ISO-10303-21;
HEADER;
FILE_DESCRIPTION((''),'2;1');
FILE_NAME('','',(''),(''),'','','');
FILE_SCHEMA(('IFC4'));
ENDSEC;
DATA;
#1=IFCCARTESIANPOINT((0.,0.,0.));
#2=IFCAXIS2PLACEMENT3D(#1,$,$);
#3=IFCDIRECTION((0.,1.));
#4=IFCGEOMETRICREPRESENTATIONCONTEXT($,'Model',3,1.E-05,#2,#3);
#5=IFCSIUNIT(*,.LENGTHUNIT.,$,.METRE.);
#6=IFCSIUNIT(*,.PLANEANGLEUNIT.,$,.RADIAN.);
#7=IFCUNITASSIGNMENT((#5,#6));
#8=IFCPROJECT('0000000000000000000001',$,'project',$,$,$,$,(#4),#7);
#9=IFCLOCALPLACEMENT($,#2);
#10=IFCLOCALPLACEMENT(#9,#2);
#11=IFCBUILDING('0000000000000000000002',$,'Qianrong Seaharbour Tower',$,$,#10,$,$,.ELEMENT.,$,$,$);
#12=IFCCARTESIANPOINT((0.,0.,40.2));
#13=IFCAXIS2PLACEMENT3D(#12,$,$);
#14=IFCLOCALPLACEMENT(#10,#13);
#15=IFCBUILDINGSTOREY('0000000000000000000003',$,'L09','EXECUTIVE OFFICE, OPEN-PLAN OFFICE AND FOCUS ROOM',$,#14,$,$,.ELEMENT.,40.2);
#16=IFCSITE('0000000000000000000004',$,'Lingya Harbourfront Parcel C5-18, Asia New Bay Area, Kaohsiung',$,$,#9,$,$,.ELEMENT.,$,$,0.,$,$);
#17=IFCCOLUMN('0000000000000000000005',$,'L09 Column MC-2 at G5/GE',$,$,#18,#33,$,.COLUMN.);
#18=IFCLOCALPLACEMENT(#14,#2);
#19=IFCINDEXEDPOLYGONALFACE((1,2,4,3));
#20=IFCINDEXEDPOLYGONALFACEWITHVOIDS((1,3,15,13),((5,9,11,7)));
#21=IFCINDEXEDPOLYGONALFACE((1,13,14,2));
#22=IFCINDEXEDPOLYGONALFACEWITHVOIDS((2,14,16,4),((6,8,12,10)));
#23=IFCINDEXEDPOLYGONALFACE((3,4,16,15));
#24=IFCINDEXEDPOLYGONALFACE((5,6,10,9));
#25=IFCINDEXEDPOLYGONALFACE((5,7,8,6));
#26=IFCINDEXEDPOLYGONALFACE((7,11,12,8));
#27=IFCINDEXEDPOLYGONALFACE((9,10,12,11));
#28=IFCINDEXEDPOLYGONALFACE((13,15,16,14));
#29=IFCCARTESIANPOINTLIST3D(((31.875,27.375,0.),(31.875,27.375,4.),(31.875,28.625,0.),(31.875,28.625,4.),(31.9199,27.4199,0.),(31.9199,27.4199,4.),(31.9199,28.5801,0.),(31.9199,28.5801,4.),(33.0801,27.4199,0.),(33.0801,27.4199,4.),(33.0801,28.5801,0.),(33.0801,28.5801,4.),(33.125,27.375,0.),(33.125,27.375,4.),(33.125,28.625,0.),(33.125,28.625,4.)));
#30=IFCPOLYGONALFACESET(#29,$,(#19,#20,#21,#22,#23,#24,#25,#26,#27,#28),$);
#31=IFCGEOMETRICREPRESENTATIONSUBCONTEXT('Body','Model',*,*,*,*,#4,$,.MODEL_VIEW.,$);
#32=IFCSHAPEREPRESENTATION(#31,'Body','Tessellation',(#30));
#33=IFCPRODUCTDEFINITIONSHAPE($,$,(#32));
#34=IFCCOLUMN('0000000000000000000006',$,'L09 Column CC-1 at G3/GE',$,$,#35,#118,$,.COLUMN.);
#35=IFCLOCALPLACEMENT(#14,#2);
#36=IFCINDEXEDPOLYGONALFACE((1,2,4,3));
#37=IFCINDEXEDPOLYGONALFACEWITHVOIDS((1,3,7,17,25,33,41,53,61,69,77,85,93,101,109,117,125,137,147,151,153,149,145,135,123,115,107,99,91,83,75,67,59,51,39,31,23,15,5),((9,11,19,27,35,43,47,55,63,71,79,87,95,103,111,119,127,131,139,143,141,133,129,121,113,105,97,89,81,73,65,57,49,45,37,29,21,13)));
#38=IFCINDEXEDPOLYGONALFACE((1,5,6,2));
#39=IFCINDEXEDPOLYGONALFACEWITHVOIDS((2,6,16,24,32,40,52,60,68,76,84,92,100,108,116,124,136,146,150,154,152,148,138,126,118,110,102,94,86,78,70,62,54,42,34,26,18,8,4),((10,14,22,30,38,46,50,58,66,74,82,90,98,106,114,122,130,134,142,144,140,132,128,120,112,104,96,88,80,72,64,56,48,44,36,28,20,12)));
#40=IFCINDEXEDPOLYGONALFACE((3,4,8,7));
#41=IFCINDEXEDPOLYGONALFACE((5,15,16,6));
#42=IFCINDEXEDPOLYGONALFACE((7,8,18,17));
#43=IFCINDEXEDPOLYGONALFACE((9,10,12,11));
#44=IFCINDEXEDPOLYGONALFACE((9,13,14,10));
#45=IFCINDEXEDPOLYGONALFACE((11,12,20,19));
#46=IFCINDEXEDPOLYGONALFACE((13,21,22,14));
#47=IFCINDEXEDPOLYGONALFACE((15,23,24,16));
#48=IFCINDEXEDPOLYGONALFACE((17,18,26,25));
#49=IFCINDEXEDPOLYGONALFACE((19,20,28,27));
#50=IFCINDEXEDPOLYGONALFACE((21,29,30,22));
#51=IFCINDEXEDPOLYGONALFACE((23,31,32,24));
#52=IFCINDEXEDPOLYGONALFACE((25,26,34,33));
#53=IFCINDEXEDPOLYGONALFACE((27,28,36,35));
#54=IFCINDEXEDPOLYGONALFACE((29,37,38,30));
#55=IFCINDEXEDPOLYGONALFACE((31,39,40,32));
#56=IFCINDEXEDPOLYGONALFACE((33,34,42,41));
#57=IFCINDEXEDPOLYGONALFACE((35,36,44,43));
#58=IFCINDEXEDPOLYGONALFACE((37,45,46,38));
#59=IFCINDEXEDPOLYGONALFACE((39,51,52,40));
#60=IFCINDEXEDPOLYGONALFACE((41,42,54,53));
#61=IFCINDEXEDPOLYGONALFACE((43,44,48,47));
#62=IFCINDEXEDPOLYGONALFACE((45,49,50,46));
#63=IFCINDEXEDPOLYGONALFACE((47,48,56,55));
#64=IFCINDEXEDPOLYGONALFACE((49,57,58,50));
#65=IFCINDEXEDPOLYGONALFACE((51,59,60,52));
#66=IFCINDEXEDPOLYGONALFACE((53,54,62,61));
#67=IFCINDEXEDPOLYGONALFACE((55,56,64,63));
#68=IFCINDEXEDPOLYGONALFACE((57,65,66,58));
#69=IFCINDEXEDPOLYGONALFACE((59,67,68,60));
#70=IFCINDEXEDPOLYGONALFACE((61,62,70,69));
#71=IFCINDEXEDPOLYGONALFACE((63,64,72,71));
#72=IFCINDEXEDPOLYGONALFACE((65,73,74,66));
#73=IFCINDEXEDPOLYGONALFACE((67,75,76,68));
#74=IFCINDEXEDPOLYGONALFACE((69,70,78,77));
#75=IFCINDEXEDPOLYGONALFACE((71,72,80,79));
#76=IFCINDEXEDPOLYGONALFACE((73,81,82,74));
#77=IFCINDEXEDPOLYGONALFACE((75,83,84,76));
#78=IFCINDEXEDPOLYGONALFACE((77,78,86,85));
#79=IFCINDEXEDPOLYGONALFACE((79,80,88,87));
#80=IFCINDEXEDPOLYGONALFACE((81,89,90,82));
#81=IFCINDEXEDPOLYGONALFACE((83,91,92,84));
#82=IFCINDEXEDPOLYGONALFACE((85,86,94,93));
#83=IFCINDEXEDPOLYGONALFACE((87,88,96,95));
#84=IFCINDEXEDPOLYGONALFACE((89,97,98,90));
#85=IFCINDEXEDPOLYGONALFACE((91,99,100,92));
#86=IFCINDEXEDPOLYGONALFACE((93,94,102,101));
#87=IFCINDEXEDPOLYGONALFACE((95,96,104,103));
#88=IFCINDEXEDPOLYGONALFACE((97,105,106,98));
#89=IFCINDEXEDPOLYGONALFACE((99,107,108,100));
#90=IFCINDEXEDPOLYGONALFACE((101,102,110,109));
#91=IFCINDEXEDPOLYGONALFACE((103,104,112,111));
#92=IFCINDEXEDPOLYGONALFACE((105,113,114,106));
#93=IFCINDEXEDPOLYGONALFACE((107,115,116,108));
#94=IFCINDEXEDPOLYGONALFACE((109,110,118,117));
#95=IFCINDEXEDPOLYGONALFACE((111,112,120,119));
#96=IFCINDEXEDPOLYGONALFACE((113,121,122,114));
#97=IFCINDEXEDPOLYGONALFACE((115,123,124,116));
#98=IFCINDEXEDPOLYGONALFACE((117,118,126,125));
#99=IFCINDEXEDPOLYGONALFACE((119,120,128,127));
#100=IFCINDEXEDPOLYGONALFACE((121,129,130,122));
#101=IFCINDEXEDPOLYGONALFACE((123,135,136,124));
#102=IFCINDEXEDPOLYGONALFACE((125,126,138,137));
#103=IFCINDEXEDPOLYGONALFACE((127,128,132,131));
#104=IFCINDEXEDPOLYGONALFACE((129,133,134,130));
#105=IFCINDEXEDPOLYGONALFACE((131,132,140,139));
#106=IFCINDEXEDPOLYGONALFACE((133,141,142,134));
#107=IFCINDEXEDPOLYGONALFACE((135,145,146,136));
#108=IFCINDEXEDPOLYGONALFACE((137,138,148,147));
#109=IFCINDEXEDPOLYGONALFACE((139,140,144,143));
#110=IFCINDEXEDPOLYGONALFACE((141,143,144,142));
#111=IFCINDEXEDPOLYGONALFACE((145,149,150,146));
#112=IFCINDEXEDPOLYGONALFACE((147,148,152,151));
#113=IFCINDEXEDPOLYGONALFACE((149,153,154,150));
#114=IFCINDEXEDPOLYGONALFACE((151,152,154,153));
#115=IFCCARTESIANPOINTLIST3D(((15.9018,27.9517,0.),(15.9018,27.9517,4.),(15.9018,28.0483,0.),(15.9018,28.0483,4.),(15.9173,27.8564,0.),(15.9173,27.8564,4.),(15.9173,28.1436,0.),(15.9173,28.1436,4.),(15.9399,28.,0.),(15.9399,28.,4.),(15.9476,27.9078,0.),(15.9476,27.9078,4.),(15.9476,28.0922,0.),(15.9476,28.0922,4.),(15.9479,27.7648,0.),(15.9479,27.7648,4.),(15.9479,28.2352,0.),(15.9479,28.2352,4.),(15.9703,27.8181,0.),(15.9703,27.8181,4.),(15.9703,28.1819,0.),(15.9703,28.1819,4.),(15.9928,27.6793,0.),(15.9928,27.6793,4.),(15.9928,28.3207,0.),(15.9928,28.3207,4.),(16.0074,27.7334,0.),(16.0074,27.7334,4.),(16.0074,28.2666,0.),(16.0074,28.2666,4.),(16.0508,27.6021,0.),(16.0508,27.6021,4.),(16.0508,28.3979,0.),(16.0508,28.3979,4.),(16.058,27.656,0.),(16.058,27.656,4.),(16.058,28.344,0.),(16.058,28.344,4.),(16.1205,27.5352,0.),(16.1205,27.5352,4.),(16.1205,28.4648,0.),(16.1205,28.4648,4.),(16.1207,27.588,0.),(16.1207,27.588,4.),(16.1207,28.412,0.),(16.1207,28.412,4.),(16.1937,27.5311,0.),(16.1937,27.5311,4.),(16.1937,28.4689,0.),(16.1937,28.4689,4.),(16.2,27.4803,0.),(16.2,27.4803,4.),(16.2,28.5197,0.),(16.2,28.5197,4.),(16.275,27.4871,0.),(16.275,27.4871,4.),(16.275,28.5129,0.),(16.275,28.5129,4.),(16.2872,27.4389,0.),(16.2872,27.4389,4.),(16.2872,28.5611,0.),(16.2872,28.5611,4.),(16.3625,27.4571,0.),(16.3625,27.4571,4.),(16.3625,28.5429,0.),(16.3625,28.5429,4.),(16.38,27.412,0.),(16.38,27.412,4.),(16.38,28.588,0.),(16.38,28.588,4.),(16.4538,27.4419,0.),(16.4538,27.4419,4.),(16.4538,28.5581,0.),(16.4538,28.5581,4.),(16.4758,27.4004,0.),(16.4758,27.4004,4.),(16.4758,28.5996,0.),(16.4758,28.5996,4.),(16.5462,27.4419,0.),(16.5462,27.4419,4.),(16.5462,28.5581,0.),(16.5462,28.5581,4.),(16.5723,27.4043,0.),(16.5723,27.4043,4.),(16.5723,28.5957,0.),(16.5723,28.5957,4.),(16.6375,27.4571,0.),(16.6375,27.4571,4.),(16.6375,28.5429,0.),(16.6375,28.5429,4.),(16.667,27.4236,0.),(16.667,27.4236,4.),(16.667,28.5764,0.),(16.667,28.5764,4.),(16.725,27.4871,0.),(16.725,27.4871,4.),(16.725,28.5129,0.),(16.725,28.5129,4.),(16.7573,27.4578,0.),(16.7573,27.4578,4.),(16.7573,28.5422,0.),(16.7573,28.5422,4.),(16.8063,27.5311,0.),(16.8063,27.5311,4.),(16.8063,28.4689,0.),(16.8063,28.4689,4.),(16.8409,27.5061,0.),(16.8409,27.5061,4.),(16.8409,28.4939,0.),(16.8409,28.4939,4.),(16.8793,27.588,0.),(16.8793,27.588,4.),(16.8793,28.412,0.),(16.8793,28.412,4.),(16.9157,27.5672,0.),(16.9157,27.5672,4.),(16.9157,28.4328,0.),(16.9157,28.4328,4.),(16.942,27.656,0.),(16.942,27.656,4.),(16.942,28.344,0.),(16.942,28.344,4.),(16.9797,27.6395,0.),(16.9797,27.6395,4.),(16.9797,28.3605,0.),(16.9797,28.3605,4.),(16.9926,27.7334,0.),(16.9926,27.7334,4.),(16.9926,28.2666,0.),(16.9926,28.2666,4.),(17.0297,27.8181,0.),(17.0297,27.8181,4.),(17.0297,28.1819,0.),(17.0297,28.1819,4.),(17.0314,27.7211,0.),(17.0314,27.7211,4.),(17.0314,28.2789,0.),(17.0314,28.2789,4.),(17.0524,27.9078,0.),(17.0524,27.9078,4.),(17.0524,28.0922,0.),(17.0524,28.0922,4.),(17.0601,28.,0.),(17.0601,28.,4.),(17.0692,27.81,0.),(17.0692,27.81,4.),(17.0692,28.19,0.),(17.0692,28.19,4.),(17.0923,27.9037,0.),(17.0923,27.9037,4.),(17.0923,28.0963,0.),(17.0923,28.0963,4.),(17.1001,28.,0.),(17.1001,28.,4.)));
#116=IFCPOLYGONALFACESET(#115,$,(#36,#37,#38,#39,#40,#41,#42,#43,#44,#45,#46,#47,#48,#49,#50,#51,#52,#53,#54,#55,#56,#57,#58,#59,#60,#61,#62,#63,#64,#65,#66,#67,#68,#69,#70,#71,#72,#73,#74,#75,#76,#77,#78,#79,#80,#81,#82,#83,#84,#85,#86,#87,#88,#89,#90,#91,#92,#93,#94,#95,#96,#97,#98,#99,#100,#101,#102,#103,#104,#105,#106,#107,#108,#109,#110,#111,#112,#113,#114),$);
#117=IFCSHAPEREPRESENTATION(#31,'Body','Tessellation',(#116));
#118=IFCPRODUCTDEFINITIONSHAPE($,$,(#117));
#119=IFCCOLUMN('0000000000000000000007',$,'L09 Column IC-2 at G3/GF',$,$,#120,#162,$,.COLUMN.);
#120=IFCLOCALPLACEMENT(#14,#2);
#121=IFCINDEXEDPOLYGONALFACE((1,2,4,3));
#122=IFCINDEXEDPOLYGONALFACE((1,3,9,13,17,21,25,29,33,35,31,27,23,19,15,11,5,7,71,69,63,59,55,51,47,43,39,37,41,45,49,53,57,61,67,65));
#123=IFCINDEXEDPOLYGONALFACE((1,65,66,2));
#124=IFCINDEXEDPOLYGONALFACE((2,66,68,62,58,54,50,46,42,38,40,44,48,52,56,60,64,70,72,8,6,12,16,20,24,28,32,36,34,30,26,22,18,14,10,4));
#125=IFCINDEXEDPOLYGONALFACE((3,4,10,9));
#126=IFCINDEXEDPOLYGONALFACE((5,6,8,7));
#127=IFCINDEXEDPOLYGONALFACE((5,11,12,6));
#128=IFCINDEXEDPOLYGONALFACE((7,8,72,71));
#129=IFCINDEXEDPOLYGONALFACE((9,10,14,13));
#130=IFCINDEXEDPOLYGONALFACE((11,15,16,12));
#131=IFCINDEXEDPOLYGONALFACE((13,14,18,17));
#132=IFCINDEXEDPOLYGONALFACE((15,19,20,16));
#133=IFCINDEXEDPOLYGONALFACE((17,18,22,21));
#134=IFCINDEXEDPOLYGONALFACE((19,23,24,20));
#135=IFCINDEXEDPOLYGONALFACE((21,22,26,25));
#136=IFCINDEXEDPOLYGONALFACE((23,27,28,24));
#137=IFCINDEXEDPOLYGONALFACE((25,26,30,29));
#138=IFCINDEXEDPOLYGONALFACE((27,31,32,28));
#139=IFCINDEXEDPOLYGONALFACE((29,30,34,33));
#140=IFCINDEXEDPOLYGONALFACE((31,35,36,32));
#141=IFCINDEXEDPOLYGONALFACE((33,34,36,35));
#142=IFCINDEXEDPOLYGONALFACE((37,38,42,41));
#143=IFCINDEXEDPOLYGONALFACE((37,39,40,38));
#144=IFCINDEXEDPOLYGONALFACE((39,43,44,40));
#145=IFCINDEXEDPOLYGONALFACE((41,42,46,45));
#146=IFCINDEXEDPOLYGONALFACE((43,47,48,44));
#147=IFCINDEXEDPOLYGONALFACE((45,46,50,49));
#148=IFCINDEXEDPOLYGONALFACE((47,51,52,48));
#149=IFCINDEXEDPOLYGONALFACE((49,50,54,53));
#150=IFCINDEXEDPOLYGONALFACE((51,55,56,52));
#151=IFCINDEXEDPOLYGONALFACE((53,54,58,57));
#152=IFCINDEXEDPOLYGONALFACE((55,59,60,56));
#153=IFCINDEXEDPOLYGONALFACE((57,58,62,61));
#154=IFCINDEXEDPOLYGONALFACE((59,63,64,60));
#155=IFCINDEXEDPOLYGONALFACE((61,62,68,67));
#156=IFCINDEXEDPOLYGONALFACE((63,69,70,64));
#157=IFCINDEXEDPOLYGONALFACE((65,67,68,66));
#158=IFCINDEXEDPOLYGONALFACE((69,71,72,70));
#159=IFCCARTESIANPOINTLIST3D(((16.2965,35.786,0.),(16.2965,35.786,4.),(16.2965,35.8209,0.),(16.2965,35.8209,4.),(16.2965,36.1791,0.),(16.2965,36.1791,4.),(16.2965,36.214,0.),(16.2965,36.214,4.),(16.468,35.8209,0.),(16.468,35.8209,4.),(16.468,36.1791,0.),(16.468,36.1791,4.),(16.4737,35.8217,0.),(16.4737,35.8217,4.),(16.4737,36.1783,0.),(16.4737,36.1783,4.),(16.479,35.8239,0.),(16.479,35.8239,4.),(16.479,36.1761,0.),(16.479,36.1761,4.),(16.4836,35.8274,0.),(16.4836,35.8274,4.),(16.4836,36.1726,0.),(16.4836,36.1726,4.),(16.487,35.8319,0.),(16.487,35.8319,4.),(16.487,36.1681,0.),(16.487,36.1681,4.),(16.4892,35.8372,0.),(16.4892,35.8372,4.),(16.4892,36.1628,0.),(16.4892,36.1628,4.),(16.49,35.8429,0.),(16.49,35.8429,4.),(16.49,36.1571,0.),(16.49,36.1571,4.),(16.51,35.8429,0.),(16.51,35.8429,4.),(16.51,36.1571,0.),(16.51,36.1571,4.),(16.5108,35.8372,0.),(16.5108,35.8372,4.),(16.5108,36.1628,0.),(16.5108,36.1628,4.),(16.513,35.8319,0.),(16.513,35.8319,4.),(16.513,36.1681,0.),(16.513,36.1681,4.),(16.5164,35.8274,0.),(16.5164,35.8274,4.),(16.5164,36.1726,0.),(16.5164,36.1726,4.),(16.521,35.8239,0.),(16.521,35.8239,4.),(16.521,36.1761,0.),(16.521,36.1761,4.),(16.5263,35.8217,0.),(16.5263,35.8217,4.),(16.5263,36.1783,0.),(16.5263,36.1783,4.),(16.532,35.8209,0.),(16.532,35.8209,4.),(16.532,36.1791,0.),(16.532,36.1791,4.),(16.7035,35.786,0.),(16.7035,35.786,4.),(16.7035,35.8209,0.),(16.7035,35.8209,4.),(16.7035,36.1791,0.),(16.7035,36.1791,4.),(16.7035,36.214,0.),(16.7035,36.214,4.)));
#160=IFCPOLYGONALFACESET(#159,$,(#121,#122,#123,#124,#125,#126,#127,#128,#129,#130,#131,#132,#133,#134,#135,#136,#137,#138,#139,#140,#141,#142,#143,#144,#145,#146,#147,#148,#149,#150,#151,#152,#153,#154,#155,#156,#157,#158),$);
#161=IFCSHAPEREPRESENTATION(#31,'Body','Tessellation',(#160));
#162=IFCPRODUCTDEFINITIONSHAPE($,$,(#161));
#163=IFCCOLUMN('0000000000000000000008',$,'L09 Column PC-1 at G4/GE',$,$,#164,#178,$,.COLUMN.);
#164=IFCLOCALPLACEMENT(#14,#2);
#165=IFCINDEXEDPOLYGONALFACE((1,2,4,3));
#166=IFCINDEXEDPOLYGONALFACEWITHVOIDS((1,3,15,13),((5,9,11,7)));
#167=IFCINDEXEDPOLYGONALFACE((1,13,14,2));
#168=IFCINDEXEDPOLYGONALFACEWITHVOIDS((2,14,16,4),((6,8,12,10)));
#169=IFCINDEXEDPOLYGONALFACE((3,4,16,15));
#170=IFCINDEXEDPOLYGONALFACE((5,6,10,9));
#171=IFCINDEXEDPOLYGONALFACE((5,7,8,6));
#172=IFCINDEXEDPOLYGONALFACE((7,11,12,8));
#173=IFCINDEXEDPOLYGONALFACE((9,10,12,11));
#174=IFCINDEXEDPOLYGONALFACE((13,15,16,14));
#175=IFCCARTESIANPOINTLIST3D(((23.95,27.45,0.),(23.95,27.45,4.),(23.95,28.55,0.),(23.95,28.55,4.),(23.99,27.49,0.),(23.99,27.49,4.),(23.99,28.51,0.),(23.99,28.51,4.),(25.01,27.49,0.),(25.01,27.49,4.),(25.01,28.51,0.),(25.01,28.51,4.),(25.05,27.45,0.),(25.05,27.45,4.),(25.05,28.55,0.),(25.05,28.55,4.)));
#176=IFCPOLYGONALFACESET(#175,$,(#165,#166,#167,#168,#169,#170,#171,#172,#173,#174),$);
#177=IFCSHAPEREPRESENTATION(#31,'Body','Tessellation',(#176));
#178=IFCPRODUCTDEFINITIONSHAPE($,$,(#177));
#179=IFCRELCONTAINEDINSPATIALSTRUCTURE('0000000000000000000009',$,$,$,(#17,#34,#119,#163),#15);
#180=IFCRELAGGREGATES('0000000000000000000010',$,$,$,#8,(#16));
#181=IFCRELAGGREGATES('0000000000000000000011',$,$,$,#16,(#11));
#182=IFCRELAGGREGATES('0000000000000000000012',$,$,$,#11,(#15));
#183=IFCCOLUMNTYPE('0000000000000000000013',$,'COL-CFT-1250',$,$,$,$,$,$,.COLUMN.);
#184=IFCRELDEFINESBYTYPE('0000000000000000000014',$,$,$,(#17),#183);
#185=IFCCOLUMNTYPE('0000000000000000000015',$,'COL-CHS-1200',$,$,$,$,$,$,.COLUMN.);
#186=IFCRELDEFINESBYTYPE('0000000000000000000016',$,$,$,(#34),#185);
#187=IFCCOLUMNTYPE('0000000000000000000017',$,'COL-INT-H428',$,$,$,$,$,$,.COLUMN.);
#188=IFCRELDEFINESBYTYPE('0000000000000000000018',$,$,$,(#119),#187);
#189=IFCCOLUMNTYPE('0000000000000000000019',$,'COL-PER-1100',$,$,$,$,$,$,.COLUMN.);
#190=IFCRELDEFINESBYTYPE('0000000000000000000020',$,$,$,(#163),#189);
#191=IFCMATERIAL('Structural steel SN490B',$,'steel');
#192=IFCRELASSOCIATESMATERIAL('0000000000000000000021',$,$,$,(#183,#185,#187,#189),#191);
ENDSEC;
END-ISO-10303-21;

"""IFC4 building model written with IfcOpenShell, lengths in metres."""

from ifc_helpers import new_model, si_unit, direction, frame, origin, origin_2d, place, context, subcontext, project, spatial, hollow_rectangle, hollow_circle, i_section, extrude, material, material_profile, profile_set, type_object, element, save


model = new_model("IFC4")

# Units and contexts
model_context = context("Model", 3, precision=1e-05, world=origin(), true_north=direction((0.0, 1.0)))
body_context = subcontext(model_context, "Body", "Model", "MODEL_VIEW")
ifc_project = project(units=[si_unit("LENGTHUNIT", "METRE"), si_unit("PLANEANGLEUNIT", "RADIAN")], contexts=[model_context])

# Site, building, storey
site_placement = place(None, origin())
site = spatial("IfcSite", under=ifc_project, at=site_placement, Name="Lingya Harbourfront Parcel C5-18, Asia New Bay Area, Kaohsiung", CompositionType="ELEMENT", RefElevation=0.0)
building_placement = place(site_placement, origin())
building = spatial("IfcBuilding", under=site, at=building_placement, Name="Qianrong Seaharbour Tower", CompositionType="ELEMENT")
storey_placement = place(building_placement, frame((0.0, 0.0, 40.2)))
storey = spatial("IfcBuildingStorey", under=building, at=storey_placement, Name="L09", Description="EXECUTIVE OFFICE, OPEN-PLAN OFFICE AND FOCUS ROOM", CompositionType="ELEMENT", Elevation=40.2)

# Columns
ifc_material_1 = material(Name="Structural steel SN490B", Category="steel")
ifc_material_profile_1 = material_profile(ifc_material_1, hollow_rectangle(XDim=1.25, YDim=1.25, WallThickness=0.0449, at=origin_2d()), Name="BOX1250x1250x45")
ifc_profile_set_1 = profile_set([ifc_material_profile_1], Name="Structural steel SN490B")
column_type_1 = type_object("IfcColumnType", Name="COL-CFT-1250", PredefinedType="COLUMN", material=ifc_profile_set_1)
column_1_placement = place(storey_placement, frame((32.5, 28.0, 0.0), z_axis=(0.0, 0.0, 1.0), x_axis=(1.0, 0.0, 0.0)))
element("IfcColumn", 1, at=column_1_placement, inside=storey, type_object=column_type_1, Name="L09 Column MC-2 at G5/GE", PredefinedType="COLUMN", context=body_context, shape_type="SweptSolid", body=[
    extrude(hollow_rectangle(XDim=1.25, YDim=1.25, WallThickness=0.0449, at=origin_2d()), origin(), (0.0, 0.0, 1.0), 4.0),
])
ifc_material_profile_2 = material_profile(ifc_material_1, hollow_circle(Radius=0.6001, WallThickness=0.04, at=origin_2d()), Name="CHS1200x40")
ifc_profile_set_2 = profile_set([ifc_material_profile_2], Name="Structural steel SN490B")
column_type_2 = type_object("IfcColumnType", Name="COL-CHS-1200", PredefinedType="COLUMN", material=ifc_profile_set_2)
column_2_placement = place(storey_placement, frame((16.5, 28.0, 0.0), z_axis=(0.0, 0.0, 1.0), x_axis=(1.0, 0.0, 0.0)))
element("IfcColumn", 2, at=column_2_placement, inside=storey, type_object=column_type_2, Name="L09 Column CC-1 at G3/GE", PredefinedType="COLUMN", context=body_context, shape_type="SweptSolid", body=[
    extrude(hollow_circle(Radius=0.6001, WallThickness=0.04, at=origin_2d()), origin(), (0.0, 0.0, 1.0), 4.0),
])
ifc_material_profile_3 = material_profile(ifc_material_1, i_section(OverallWidth=0.407, OverallDepth=0.428, WebThickness=0.02, FlangeThickness=0.0349, FilletRadius=0.022, at=origin_2d()), Name="H428x407x20x35")
ifc_profile_set_3 = profile_set([ifc_material_profile_3], Name="Structural steel SN490B")
column_type_3 = type_object("IfcColumnType", Name="COL-INT-H428", PredefinedType="COLUMN", material=ifc_profile_set_3)
column_3_placement = place(storey_placement, frame((16.5, 36.0, 0.0), z_axis=(0.0, 0.0, 1.0), x_axis=(1.0, 0.0, 0.0)))
element("IfcColumn", 3, at=column_3_placement, inside=storey, type_object=column_type_3, Name="L09 Column IC-2 at G3/GF", PredefinedType="COLUMN", context=body_context, shape_type="SweptSolid", body=[
    extrude(i_section(OverallWidth=0.407, OverallDepth=0.428, WebThickness=0.02, FlangeThickness=0.0349, FilletRadius=0.022, at=origin_2d()), origin(), (0.0, 0.0, 1.0), 4.0),
])
ifc_material_profile_4 = material_profile(ifc_material_1, hollow_rectangle(XDim=1.1001, YDim=1.1001, WallThickness=0.04, at=origin_2d()), Name="BOX1100x1100x40")
ifc_profile_set_4 = profile_set([ifc_material_profile_4], Name="Structural steel SN490B")
column_type_4 = type_object("IfcColumnType", Name="COL-PER-1100", PredefinedType="COLUMN", material=ifc_profile_set_4)
column_4_placement = place(storey_placement, frame((24.5, 28.0, 0.0), z_axis=(0.0, 0.0, 1.0), x_axis=(1.0, 0.0, 0.0)))
element("IfcColumn", 4, at=column_4_placement, inside=storey, type_object=column_type_4, Name="L09 Column PC-1 at G4/GE", PredefinedType="COLUMN", context=body_context, shape_type="SweptSolid", body=[
    extrude(hollow_rectangle(XDim=1.1001, YDim=1.1001, WallThickness=0.04, at=origin_2d()), origin(), (0.0, 0.0, 1.0), 4.0),
])

save(model, "model.ifc")
